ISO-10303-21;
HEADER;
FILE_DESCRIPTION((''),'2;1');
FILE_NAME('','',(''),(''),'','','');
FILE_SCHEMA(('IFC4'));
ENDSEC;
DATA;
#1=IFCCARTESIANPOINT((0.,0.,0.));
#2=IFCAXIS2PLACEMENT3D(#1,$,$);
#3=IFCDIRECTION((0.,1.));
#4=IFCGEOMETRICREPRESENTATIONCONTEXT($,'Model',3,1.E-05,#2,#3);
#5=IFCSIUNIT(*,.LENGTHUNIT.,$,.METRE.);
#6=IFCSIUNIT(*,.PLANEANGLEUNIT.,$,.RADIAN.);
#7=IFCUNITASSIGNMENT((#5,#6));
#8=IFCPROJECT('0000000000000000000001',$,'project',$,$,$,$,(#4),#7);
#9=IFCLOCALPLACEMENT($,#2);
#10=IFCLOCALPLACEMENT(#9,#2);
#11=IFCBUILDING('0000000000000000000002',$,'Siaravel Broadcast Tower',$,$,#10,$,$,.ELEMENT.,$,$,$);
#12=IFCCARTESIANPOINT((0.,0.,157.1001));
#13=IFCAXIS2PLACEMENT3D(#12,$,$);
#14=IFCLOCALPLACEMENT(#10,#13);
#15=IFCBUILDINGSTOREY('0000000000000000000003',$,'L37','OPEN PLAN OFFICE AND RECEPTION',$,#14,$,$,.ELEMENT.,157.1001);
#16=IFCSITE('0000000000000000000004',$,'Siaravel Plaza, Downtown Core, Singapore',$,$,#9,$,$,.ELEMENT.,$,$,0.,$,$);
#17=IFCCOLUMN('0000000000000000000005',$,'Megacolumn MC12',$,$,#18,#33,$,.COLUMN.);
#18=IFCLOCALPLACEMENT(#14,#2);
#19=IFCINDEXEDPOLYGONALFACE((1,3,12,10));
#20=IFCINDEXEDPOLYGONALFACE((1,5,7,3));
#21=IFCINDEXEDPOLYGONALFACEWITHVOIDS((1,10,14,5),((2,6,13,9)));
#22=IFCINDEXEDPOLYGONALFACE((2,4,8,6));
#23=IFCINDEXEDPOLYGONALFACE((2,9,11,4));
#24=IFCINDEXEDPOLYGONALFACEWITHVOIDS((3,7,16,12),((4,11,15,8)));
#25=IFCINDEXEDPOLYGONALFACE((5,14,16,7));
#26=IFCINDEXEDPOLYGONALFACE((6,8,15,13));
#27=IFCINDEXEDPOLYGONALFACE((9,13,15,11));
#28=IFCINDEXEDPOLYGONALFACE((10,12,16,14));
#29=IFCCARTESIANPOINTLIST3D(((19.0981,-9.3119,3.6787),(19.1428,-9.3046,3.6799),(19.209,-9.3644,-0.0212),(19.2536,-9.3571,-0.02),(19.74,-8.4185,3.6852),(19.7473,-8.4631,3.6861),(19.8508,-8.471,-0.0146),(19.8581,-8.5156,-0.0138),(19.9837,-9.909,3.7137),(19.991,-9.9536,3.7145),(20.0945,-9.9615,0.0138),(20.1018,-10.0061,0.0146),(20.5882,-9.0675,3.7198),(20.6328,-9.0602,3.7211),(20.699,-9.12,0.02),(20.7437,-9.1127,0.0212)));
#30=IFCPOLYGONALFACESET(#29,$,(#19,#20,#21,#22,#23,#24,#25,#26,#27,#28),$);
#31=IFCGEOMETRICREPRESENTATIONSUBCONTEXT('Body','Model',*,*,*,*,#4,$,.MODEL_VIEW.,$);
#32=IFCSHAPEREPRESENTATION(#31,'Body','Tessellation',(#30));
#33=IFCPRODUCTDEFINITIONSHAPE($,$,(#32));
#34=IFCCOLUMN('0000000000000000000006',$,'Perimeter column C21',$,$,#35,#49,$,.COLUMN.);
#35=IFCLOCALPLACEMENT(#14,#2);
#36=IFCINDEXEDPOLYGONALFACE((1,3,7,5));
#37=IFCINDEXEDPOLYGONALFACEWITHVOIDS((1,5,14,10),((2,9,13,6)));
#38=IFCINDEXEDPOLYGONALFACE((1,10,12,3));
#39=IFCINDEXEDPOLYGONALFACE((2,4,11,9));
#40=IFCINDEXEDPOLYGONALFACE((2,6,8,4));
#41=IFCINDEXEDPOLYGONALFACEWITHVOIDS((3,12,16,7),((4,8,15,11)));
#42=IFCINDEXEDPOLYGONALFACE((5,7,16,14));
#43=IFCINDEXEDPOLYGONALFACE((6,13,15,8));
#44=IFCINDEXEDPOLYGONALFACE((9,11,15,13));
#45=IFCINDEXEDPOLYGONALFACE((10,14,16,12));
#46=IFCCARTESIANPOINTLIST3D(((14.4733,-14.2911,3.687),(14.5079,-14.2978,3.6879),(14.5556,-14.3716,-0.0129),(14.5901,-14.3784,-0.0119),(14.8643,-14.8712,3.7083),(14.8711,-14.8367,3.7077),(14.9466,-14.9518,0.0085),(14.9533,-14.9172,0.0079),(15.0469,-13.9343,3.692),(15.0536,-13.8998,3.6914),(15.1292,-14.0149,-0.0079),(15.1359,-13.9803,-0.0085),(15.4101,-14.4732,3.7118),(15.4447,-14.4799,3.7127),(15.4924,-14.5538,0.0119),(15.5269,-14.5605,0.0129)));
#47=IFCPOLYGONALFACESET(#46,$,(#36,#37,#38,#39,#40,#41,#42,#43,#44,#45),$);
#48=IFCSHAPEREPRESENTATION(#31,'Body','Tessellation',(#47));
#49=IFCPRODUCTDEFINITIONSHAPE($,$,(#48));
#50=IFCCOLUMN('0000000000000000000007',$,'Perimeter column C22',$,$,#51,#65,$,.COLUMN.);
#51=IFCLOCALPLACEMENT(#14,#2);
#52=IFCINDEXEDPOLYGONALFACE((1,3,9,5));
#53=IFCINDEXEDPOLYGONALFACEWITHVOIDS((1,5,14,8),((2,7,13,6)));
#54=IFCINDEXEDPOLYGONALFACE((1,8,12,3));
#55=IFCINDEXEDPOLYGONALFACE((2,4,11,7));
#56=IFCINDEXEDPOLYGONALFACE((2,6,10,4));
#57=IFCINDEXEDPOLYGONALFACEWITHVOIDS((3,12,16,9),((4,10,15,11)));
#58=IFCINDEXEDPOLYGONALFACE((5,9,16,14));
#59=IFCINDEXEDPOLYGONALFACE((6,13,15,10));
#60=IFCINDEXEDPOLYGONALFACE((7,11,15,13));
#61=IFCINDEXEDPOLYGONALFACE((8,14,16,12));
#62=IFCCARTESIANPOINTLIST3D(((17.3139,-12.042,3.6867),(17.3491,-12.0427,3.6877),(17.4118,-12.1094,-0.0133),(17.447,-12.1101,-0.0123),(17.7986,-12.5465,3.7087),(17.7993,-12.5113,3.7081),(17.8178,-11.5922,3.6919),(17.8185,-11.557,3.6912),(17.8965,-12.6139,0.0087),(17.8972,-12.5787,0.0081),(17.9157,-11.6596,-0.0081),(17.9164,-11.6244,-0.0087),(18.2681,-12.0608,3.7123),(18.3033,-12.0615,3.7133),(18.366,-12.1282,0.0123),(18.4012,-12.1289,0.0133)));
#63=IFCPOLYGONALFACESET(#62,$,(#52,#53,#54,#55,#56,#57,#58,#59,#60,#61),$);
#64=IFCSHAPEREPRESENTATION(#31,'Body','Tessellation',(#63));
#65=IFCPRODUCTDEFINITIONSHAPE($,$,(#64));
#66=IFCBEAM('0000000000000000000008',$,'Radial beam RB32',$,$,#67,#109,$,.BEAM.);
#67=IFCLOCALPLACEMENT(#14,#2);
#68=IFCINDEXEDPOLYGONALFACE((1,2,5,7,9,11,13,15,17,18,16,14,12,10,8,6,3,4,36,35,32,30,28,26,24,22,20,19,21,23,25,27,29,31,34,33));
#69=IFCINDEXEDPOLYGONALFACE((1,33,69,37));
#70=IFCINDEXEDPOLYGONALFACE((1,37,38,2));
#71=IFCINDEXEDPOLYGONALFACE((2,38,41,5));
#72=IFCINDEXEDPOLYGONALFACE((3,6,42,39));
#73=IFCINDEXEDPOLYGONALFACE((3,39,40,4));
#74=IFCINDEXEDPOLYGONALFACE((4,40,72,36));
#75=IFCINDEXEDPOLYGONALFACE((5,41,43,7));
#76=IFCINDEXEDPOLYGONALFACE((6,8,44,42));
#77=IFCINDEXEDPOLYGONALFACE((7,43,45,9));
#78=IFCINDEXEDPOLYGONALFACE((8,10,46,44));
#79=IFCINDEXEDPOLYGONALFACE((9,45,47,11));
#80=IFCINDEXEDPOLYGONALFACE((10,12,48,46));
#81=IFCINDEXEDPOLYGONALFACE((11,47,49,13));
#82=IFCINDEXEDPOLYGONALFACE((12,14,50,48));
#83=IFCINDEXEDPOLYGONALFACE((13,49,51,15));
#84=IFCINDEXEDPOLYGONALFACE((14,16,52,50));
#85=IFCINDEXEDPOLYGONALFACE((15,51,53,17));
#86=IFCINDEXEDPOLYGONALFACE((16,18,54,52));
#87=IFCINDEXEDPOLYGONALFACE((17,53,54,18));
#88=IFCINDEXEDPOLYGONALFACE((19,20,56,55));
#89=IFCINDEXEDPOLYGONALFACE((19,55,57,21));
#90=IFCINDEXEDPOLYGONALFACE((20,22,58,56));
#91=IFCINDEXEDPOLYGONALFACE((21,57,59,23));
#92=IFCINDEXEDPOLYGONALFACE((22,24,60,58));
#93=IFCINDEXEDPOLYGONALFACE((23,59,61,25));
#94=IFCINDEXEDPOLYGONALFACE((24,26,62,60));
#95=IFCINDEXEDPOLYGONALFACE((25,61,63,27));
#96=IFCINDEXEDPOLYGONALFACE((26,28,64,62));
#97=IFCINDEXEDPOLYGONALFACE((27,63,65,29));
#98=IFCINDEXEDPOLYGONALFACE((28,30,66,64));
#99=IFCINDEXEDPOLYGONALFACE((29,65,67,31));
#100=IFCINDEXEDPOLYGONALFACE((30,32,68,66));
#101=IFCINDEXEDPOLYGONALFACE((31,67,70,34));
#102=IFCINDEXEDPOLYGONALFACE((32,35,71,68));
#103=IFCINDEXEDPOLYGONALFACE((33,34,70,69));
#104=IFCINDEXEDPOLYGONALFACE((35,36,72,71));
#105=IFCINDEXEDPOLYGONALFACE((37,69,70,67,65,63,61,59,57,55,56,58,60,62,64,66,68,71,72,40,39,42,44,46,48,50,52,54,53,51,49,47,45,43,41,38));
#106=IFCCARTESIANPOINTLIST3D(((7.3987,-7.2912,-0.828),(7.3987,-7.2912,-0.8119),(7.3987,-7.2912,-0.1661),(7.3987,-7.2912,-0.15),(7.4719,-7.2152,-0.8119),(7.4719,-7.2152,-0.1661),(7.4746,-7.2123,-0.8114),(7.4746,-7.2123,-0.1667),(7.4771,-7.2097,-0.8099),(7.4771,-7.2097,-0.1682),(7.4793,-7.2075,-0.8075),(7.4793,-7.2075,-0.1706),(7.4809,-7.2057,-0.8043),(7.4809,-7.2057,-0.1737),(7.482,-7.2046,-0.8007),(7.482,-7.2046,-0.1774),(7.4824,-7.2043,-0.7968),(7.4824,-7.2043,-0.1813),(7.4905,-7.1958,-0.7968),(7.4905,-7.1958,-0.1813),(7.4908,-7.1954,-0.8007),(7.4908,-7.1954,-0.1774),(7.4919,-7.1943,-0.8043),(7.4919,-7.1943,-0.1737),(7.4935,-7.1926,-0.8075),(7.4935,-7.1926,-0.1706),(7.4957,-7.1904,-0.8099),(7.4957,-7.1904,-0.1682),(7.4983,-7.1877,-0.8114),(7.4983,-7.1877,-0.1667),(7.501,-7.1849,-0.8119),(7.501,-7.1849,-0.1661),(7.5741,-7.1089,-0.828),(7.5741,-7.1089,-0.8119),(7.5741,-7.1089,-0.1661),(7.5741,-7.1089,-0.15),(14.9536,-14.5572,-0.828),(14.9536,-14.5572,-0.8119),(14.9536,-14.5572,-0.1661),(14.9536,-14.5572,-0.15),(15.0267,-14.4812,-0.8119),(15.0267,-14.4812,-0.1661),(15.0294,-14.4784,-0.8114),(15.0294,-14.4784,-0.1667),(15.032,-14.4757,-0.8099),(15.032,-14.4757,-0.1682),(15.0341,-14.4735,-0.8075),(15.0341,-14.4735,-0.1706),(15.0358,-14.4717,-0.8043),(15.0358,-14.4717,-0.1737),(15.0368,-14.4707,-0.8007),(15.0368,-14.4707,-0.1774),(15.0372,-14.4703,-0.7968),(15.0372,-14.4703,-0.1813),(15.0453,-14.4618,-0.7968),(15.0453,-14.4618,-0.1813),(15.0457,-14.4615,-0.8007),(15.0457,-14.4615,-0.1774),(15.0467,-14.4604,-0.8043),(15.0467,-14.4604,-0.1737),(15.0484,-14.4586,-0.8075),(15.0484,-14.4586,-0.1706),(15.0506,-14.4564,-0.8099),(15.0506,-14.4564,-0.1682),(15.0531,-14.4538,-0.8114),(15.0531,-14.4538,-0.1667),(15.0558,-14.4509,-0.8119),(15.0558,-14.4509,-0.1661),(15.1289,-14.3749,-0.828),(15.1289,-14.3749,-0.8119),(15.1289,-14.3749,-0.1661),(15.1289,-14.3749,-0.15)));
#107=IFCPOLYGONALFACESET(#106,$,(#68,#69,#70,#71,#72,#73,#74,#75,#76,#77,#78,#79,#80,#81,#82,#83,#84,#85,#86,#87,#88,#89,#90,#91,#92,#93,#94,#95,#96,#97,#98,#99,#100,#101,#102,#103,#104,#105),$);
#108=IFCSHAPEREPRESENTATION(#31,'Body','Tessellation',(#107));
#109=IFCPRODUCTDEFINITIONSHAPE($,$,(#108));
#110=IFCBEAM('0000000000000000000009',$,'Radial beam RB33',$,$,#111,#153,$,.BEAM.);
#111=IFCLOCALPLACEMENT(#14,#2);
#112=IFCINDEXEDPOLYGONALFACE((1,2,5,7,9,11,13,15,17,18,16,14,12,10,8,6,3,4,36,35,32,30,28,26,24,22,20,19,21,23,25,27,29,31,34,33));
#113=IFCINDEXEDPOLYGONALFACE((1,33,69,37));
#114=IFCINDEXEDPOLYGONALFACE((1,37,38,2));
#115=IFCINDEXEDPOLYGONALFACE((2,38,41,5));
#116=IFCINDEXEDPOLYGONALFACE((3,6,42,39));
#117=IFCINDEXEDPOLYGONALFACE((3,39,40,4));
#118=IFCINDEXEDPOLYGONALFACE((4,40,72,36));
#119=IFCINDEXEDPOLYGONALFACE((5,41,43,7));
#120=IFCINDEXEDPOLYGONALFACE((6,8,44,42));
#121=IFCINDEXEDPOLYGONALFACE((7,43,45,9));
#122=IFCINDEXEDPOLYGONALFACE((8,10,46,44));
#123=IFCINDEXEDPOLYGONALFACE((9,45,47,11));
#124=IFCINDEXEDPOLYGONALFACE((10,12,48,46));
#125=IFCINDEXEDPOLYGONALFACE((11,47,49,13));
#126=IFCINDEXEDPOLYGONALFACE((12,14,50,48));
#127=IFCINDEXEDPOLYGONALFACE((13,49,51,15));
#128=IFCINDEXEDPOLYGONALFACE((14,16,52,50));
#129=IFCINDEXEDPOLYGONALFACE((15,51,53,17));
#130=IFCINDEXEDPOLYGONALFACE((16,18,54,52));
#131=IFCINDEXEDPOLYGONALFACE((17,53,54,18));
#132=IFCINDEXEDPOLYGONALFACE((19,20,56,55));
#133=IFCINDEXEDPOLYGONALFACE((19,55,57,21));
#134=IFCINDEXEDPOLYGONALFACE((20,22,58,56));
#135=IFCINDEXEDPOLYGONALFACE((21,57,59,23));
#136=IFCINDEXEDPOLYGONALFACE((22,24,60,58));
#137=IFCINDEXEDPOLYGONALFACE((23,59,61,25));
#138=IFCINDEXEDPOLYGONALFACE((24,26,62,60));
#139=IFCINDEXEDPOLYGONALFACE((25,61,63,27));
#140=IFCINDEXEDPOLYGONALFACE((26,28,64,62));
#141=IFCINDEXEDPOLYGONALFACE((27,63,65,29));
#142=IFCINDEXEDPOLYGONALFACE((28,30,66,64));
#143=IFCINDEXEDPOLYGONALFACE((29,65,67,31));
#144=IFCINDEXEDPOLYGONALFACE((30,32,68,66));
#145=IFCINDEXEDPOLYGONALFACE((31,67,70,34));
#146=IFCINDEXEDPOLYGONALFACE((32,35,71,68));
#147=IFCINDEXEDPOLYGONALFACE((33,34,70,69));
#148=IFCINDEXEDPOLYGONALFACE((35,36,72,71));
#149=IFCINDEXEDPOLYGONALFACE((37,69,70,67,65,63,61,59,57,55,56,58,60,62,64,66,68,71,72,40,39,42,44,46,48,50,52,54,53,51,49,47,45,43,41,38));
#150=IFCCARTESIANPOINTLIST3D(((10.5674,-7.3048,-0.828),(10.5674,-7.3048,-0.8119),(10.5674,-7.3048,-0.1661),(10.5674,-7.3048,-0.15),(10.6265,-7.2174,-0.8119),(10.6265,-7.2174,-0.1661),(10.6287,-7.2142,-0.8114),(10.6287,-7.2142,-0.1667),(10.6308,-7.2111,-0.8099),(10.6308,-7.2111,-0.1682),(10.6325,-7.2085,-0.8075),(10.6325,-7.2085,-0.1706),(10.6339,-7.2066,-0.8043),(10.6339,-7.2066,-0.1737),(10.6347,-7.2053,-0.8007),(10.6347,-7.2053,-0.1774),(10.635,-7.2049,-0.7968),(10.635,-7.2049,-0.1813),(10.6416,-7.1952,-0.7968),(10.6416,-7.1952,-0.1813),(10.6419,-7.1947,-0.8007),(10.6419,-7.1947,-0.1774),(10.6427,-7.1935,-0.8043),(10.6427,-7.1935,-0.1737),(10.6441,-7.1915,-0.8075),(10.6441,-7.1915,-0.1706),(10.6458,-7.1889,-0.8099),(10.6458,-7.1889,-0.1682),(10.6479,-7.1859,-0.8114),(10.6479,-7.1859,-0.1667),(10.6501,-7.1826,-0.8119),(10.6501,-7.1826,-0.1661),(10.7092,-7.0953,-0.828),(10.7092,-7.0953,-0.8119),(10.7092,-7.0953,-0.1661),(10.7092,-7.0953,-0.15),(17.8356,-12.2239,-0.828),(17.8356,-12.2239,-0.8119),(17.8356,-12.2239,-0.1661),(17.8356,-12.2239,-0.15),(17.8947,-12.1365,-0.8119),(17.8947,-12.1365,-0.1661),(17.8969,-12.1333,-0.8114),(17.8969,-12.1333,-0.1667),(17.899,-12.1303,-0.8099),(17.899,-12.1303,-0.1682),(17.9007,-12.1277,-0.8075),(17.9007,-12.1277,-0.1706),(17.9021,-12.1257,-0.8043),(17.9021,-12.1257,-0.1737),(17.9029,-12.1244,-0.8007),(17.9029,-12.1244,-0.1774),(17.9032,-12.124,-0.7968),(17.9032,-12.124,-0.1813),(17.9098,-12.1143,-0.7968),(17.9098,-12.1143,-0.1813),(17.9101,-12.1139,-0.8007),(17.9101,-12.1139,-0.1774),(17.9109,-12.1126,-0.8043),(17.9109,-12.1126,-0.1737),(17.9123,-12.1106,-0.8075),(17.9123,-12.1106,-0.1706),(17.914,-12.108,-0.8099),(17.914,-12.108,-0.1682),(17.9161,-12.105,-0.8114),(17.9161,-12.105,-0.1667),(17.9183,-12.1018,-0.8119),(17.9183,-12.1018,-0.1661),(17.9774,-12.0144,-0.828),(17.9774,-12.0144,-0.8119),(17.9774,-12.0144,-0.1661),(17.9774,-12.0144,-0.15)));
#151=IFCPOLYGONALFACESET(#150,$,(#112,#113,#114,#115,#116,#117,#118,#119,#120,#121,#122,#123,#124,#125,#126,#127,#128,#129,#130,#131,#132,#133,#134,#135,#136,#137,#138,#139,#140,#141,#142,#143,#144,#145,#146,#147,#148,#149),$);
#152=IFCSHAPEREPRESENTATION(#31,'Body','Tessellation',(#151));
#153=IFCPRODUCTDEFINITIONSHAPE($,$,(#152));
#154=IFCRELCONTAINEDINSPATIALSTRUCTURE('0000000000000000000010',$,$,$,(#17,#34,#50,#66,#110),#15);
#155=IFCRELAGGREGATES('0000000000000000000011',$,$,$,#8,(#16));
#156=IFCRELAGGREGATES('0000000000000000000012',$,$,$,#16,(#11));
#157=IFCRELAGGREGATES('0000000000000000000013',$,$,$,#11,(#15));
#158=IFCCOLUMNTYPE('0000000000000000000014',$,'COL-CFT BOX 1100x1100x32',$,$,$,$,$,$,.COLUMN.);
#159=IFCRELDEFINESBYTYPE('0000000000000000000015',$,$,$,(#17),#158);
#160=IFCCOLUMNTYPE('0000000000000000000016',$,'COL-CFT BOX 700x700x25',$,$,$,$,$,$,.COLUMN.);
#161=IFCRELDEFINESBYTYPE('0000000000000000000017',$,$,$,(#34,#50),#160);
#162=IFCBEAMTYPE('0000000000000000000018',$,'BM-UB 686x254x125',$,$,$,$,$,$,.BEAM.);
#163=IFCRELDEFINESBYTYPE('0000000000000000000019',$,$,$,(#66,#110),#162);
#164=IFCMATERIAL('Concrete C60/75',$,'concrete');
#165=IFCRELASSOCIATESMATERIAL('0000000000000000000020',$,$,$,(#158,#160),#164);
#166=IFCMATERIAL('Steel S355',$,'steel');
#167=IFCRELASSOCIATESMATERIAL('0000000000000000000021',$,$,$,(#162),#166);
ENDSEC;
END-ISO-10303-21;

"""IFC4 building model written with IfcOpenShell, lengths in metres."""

from ifc_helpers import new_model, si_unit, direction, frame, origin, origin_2d, place, context, subcontext, project, spatial, hollow_rectangle, i_section, extrude, material, material_profile, profile_set, type_object, element, save


model = new_model("IFC4")

# Units and contexts
model_context = context("Model", 3, precision=1e-05, world=origin(), true_north=direction((0.0, 1.0)))
body_context = subcontext(model_context, "Body", "Model", "MODEL_VIEW")
ifc_project = project(units=[si_unit("LENGTHUNIT", "METRE"), si_unit("PLANEANGLEUNIT", "RADIAN")], contexts=[model_context])

# Site, building, storey
site_placement = place(None, origin())
site = spatial("IfcSite", under=ifc_project, at=site_placement, Name="Siaravel Plaza, Downtown Core, Singapore", CompositionType="ELEMENT", RefElevation=0.0)
building_placement = place(site_placement, origin())
building = spatial("IfcBuilding", under=site, at=building_placement, Name="Siaravel Broadcast Tower", CompositionType="ELEMENT")
storey_placement = place(building_placement, frame((0.0, 0.0, 157.1001)))
storey = spatial("IfcBuildingStorey", under=building, at=storey_placement, Name="L37", Description="OPEN PLAN OFFICE AND RECEPTION", CompositionType="ELEMENT", Elevation=157.1001)

# Columns
ifc_material_1 = material(Name="Concrete C60/75", Category="concrete")
ifc_material_profile_1 = material_profile(ifc_material_1, hollow_rectangle(XDim=1.1001, YDim=1.1001, WallThickness=0.032, at=origin_2d()))
ifc_profile_set_1 = profile_set([ifc_material_profile_1], Name="Concrete C60/75")
column_type_1 = type_object("IfcColumnType", Name="COL-CFT BOX 1100x1100x32", PredefinedType="COLUMN", material=ifc_profile_set_1)
column_1_placement = place(storey_placement, frame((19.9763, -9.2385, 0.0), z_axis=(-0.029941, 0.014179, 0.999451), x_axis=(-0.583448, -0.812128, -0.005957)))
element("IfcColumn", 1, at=column_1_placement, inside=storey, type_object=column_type_1, Name="Megacolumn MC12", PredefinedType="COLUMN", context=body_context, shape_type="SweptSolid", body=[
    extrude(hollow_rectangle(XDim=1.1001, YDim=1.1001, WallThickness=0.032, at=origin_2d()), origin(), (0.0, 0.0, 1.0), 3.7019),
])
ifc_material_profile_2 = material_profile(ifc_material_1, hollow_rectangle(XDim=0.7, YDim=0.7, WallThickness=0.0249, at=origin_2d()))
ifc_profile_set_2 = profile_set([ifc_material_profile_2], Name="Concrete C60/75")
column_type_2 = type_object("IfcColumnType", Name="COL-CFT BOX 700x700x25", PredefinedType="COLUMN", material=ifc_profile_set_2)
column_2_placement = place(storey_placement, frame((15.0413, -14.4661, 0.0), z_axis=(-0.022226, 0.021764, 0.999516), x_axis=(-0.829102, -0.559063, -0.006263)))
element("IfcColumn", 2, at=column_2_placement, inside=storey, type_object=column_type_2, Name="Perimeter column C21", PredefinedType="COLUMN", context=body_context, shape_type="SweptSolid", body=[
    extrude(hollow_rectangle(XDim=0.7, YDim=0.7, WallThickness=0.0249, at=origin_2d()), origin(), (0.0, 0.0, 1.0), 3.7017),
])
column_3_placement = place(storey_placement, frame((17.9065, -12.1191, 0.0), z_axis=(-0.026446, 0.018202, 0.999484), x_axis=(-0.720936, -0.692972, -0.006456)))
element("IfcColumn", 3, at=column_3_placement, inside=storey, type_object=column_type_2, Name="Perimeter column C22", PredefinedType="COLUMN", context=body_context, shape_type="SweptSolid", body=[
    extrude(hollow_rectangle(XDim=0.7, YDim=0.7, WallThickness=0.0249, at=origin_2d()), origin(), (0.0, 0.0, 1.0), 3.7019),
])

# Beams
ifc_material_2 = material(Name="Steel S355", Category="steel")
ifc_material_profile_3 = material_profile(ifc_material_2, i_section(OverallWidth=0.2529, OverallDepth=0.678, WebThickness=0.0117, FlangeThickness=0.0161, FilletRadius=0.0151, at=origin_2d()))
ifc_profile_set_3 = profile_set([ifc_material_profile_3], Name="Steel S355")
beam_type = type_object("IfcBeamType", Name="BM-UB 686x254x125", PredefinedType="BEAM", material=ifc_profile_set_3)
beam_1_placement = place(storey_placement, frame((15.0413, -14.4661, -0.489), z_axis=(-0.720749, 0.693196, 0.0), x_axis=(-0.693196, -0.720749, 0.0)))
element("IfcBeam", 4, at=beam_1_placement, inside=storey, type_object=beam_type, Name="Radial beam RB32", PredefinedType="BEAM", context=body_context, shape_type="SweptSolid", body=[
    extrude(i_section(OverallWidth=0.2529, OverallDepth=0.678, WebThickness=0.0117, FlangeThickness=0.0161, FilletRadius=0.0151, at=origin_2d()), origin(), (0.0, 0.0, 1.0), 10.4819),
])
beam_2_placement = place(storey_placement, frame((17.9065, -12.1191, -0.489), z_axis=(-0.828157, 0.560496, 0.0), x_axis=(-0.560496, -0.828157, 0.0)))
element("IfcBeam", 5, at=beam_2_placement, inside=storey, type_object=beam_type, Name="Radial beam RB33", PredefinedType="BEAM", context=body_context, shape_type="SweptSolid", body=[
    extrude(i_section(OverallWidth=0.2529, OverallDepth=0.678, WebThickness=0.0117, FlangeThickness=0.0161, FilletRadius=0.0151, at=origin_2d()), origin(), (0.0, 0.0, 1.0), 8.7764),
])

save(model, "model.ifc")
